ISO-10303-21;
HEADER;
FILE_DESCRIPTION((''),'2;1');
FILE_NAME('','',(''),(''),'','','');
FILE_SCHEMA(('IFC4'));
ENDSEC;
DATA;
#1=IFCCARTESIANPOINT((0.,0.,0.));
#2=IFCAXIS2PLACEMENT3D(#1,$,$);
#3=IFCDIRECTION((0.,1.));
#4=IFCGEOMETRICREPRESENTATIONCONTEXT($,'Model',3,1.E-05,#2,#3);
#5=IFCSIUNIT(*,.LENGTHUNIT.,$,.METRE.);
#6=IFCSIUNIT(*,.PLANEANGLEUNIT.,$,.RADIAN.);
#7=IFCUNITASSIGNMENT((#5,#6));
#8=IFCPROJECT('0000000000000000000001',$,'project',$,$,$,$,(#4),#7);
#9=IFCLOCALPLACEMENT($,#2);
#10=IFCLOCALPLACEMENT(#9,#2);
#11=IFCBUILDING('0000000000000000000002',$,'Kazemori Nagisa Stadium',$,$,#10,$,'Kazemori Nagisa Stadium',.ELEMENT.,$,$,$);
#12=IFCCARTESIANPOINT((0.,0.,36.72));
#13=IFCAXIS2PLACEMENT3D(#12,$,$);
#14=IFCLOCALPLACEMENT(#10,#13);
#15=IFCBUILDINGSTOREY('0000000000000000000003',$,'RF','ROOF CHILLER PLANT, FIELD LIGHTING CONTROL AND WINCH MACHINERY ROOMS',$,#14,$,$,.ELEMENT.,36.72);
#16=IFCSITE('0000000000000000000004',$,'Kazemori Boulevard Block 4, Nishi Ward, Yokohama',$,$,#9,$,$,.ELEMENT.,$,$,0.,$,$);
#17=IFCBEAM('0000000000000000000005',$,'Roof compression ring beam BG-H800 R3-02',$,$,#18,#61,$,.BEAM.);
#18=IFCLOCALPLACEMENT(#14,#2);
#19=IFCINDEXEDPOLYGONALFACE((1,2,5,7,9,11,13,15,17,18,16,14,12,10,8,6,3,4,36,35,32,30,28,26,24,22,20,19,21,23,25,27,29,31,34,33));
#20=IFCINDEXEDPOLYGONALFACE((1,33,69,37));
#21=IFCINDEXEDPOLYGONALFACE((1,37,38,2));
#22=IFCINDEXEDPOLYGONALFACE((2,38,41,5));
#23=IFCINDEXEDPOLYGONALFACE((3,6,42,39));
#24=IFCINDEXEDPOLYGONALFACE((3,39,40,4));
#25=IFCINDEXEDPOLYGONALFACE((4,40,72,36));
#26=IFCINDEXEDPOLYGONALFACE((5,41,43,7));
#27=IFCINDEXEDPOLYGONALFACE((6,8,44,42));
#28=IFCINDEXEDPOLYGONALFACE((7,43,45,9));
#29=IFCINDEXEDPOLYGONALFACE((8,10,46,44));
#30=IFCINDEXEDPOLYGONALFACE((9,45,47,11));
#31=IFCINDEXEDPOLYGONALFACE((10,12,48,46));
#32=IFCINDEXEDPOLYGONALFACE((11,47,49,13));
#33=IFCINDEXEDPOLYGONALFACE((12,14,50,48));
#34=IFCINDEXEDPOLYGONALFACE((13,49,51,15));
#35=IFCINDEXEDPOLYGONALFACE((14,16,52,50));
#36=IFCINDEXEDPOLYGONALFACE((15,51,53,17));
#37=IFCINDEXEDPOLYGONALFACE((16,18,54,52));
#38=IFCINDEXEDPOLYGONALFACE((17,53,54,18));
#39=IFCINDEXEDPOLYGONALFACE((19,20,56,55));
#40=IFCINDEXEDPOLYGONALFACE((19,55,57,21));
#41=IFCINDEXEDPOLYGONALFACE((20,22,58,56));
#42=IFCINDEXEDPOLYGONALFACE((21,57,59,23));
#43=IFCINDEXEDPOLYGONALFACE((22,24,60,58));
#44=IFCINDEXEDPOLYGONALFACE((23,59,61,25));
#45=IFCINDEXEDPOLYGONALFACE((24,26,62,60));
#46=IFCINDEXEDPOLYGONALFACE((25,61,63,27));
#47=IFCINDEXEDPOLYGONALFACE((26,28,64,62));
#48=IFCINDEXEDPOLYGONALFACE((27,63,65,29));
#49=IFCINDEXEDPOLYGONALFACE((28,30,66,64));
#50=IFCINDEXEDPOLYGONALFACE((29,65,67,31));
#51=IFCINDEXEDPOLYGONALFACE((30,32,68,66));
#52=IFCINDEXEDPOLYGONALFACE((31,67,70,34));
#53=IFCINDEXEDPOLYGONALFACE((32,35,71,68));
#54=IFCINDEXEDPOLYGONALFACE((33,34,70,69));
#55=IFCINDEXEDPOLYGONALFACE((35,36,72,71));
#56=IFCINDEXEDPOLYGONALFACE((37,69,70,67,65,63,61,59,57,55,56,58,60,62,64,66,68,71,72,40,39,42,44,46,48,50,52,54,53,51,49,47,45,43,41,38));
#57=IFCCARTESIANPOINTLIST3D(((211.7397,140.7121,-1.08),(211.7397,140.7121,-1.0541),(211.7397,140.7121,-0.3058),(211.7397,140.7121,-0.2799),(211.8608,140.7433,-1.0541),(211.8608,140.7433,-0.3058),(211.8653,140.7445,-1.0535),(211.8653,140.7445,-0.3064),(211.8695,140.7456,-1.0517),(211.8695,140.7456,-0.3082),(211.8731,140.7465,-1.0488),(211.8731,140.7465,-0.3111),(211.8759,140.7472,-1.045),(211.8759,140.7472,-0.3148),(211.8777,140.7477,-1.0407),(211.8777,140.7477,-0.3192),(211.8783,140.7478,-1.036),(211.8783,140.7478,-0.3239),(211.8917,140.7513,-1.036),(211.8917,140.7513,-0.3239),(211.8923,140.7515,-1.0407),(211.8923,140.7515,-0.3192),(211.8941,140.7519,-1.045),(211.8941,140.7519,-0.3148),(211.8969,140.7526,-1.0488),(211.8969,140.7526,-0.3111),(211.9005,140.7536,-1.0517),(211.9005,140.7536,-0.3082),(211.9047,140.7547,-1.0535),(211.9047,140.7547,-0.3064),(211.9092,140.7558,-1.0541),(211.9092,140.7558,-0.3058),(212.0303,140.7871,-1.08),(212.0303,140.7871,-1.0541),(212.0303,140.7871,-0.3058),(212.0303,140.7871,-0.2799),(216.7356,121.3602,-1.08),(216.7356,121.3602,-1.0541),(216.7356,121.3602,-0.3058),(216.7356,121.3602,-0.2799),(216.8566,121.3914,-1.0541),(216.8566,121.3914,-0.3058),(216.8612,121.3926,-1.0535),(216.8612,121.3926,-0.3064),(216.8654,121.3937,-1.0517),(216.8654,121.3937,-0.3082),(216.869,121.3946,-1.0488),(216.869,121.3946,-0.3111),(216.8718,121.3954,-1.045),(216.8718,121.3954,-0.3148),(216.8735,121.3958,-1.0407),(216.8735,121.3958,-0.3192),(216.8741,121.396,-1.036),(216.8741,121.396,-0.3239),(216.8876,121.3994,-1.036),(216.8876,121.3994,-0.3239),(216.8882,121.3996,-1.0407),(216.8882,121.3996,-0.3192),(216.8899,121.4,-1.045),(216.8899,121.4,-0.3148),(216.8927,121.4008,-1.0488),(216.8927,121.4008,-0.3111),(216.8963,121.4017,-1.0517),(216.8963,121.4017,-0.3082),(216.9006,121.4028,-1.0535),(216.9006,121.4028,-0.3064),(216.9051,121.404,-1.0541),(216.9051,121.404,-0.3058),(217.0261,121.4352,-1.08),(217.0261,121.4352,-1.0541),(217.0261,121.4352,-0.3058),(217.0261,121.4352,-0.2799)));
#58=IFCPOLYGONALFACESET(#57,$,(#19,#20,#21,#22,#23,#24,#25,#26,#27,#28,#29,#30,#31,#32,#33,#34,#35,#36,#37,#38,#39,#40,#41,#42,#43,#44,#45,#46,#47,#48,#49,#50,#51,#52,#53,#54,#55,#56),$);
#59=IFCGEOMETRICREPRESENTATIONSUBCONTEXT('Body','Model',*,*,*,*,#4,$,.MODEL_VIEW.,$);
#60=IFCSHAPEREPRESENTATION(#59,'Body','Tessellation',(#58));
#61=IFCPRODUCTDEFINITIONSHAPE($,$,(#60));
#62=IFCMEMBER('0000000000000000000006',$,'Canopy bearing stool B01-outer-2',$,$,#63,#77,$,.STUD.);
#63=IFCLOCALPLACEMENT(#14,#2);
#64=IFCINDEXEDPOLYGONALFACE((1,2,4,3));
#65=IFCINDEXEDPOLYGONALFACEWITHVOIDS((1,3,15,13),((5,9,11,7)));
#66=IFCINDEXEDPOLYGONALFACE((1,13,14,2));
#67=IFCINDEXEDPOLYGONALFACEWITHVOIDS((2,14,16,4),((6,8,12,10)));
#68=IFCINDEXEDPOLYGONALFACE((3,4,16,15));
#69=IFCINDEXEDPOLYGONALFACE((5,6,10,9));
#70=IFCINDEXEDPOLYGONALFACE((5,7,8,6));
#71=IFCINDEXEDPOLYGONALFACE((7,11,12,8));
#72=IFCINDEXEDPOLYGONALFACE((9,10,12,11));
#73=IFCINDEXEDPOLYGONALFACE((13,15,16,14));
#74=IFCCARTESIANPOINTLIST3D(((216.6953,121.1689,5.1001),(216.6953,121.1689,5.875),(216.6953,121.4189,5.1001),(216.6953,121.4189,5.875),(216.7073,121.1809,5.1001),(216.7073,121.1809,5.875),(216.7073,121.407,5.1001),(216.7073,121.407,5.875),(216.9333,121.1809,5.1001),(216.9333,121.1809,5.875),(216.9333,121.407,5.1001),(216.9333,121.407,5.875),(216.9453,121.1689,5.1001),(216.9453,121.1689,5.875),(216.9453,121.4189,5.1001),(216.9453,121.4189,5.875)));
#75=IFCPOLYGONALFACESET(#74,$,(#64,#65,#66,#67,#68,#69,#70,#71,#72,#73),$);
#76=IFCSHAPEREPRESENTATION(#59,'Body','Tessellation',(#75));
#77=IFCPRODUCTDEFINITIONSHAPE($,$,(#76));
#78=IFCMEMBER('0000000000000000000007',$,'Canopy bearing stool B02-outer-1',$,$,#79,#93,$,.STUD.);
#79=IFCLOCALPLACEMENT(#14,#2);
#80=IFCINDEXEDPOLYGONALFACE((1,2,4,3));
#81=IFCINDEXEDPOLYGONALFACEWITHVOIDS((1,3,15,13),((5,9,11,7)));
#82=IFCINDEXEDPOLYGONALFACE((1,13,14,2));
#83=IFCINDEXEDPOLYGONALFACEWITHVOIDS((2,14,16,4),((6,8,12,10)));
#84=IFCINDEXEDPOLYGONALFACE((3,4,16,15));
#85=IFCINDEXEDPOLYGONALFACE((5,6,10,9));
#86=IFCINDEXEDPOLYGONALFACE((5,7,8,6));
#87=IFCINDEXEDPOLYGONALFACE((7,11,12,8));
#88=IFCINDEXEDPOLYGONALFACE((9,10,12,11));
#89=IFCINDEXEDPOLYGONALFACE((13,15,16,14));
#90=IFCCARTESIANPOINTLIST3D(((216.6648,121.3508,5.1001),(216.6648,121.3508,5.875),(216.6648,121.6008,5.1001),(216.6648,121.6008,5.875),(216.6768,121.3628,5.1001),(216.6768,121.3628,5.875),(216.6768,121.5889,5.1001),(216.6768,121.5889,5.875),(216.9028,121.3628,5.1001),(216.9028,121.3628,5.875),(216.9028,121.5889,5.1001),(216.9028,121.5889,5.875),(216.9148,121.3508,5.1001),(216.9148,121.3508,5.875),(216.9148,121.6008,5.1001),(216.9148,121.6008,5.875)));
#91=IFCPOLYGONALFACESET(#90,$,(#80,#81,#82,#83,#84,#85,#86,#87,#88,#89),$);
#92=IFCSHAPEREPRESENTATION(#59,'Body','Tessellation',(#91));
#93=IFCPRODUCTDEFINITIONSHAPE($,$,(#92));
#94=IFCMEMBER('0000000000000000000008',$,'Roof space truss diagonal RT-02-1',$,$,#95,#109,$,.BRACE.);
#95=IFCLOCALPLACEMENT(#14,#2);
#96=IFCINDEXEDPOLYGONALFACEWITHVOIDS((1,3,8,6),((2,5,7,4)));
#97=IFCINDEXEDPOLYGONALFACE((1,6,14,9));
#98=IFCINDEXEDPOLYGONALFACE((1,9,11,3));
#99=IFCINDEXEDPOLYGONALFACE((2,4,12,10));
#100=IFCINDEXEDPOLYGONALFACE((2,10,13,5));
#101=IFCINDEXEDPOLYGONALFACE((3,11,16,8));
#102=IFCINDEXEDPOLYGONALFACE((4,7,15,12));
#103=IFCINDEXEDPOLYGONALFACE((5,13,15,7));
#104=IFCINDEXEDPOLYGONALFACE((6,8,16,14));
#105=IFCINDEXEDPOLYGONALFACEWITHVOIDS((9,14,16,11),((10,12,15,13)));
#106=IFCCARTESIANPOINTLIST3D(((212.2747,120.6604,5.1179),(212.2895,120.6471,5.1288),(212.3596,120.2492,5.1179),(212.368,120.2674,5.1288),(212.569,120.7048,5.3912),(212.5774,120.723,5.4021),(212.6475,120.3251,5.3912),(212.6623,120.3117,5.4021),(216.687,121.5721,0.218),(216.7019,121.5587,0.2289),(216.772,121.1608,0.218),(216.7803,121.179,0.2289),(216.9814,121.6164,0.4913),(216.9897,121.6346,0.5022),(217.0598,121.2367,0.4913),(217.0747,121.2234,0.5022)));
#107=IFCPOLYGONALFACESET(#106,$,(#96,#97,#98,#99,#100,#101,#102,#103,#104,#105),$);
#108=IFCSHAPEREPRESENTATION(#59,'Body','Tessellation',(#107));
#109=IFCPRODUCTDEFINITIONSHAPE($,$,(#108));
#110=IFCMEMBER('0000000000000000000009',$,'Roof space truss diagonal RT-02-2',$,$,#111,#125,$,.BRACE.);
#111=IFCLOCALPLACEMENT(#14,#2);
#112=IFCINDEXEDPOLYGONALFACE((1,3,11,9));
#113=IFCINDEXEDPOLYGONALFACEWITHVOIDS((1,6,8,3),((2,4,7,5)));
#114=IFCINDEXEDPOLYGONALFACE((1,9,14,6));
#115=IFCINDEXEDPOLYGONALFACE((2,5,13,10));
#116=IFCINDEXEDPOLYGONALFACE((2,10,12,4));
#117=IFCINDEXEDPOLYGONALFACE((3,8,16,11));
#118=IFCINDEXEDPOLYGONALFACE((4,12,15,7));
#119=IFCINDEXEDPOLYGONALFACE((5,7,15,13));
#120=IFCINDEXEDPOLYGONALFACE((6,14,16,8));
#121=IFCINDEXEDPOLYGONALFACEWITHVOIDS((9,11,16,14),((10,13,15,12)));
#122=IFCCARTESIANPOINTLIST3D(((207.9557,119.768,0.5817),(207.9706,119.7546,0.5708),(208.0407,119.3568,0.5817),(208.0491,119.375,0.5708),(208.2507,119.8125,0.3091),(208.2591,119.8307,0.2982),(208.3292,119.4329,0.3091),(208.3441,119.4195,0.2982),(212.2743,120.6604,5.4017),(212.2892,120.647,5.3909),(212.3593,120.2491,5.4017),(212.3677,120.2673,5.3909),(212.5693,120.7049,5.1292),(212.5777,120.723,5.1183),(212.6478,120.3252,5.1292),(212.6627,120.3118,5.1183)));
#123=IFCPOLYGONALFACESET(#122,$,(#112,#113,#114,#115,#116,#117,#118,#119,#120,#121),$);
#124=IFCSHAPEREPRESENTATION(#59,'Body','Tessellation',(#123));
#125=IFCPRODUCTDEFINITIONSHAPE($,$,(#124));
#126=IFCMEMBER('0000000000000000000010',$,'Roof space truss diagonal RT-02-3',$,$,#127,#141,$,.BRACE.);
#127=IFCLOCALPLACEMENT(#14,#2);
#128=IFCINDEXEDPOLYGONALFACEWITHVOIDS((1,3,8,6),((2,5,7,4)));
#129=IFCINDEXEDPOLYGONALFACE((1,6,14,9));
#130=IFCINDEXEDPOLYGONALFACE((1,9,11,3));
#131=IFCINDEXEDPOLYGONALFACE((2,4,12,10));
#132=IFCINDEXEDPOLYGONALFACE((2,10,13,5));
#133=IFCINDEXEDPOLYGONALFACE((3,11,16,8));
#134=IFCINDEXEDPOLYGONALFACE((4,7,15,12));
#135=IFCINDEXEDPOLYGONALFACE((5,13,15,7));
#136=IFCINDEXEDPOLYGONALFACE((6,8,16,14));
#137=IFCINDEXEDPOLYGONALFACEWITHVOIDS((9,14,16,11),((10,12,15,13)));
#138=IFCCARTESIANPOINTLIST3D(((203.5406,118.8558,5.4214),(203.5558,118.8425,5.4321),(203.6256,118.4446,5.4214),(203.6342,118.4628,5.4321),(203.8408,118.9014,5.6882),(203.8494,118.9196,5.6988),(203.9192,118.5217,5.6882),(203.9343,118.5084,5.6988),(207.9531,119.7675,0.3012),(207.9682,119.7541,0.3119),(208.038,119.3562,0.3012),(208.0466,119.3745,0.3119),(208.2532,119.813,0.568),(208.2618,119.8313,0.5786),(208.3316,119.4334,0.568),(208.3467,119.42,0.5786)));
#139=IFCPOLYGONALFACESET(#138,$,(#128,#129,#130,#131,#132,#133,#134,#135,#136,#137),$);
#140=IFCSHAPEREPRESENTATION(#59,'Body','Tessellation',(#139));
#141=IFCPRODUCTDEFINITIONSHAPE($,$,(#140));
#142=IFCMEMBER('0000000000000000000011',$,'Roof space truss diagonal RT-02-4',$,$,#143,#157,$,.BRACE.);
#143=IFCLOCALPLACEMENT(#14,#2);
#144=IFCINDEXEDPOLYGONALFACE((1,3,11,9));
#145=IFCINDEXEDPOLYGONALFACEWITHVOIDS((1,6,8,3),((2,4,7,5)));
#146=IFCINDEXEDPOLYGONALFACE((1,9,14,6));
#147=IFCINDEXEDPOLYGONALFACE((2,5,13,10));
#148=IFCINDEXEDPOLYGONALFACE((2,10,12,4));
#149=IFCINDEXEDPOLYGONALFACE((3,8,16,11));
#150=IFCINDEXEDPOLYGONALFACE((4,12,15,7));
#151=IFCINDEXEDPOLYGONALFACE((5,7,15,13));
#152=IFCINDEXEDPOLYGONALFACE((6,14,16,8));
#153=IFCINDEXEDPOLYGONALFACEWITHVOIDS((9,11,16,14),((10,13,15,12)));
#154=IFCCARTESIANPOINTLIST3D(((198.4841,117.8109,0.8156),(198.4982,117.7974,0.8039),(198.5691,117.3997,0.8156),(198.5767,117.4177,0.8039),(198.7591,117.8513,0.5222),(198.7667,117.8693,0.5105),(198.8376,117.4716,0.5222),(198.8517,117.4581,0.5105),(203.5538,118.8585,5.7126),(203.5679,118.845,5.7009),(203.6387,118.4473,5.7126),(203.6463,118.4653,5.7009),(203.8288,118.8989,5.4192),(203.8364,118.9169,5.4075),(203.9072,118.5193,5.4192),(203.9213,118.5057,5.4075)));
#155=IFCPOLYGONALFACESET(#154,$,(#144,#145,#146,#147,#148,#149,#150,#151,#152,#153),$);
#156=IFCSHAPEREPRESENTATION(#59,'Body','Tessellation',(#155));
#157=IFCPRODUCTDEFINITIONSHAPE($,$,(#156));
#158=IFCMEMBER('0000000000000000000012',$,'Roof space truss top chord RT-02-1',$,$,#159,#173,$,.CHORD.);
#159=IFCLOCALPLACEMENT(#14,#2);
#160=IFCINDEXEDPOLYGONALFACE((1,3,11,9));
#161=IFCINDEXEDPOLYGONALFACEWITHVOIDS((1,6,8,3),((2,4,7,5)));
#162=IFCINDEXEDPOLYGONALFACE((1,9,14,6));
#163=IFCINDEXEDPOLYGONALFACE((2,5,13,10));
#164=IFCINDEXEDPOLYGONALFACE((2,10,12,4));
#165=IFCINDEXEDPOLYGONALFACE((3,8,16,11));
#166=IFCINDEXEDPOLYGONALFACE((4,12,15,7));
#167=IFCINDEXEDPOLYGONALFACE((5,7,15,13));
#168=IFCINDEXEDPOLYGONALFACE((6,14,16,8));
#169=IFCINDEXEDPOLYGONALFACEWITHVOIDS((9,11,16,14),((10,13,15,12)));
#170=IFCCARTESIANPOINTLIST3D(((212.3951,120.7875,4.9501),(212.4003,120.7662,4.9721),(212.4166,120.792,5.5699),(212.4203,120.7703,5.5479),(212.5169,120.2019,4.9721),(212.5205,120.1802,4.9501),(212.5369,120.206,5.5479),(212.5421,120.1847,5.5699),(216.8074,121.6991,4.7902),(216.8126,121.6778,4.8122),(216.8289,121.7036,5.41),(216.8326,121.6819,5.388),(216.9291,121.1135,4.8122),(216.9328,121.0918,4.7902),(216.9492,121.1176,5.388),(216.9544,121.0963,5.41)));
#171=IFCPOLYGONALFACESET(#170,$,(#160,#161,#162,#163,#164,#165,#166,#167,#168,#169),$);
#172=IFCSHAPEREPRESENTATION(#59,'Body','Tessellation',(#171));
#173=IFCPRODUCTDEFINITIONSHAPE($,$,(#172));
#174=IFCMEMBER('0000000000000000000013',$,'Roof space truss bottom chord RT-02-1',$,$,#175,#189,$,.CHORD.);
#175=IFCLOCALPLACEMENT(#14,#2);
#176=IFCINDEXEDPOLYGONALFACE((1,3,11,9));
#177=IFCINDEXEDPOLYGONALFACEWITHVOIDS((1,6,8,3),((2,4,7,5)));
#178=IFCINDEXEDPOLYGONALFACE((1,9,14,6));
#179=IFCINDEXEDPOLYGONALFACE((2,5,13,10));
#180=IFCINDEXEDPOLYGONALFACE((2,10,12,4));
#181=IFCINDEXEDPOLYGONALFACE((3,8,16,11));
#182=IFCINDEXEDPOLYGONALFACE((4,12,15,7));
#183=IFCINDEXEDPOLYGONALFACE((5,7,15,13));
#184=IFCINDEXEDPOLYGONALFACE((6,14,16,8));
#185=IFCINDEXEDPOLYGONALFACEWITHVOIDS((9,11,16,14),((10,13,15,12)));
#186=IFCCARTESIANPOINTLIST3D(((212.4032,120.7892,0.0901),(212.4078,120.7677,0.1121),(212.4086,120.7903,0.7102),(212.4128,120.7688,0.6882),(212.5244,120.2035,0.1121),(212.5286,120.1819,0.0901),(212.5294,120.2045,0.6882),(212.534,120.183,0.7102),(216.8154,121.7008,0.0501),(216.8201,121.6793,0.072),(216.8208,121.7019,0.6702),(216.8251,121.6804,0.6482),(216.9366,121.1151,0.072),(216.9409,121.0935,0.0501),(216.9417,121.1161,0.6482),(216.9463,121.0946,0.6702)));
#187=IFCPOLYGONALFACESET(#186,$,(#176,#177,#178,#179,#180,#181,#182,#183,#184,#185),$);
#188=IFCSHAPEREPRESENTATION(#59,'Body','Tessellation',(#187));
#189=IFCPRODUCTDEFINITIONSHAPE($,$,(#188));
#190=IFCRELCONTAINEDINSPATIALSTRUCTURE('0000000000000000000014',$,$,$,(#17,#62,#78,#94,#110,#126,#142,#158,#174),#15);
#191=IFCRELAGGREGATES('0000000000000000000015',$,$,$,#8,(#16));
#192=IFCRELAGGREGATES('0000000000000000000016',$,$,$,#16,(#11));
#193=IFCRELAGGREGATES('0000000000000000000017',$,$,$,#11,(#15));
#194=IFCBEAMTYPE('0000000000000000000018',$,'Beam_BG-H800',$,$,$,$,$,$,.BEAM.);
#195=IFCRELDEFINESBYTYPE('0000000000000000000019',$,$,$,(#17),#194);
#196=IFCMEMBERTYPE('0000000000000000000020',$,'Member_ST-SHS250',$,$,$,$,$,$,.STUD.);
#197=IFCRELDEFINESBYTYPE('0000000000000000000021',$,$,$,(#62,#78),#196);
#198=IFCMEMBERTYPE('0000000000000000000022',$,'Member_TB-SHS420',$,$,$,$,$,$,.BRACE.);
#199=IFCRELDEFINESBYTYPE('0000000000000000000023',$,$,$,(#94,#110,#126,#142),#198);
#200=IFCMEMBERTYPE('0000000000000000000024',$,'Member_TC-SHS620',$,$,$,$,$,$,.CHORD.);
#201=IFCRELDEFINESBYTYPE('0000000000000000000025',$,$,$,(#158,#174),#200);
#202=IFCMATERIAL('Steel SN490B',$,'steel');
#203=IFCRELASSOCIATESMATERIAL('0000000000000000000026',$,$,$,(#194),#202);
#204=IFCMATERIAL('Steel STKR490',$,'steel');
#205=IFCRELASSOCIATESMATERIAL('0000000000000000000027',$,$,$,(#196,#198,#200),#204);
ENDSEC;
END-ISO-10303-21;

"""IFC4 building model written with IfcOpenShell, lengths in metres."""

from ifc_helpers import new_model, si_unit, direction, frame, origin, origin_2d, place, context, subcontext, project, spatial, hollow_rectangle, i_section, extrude, material, material_profile, profile_set, type_object, element, save


model = new_model("IFC4")

# Units and contexts
model_context = context("Model", 3, precision=1e-05, world=origin(), true_north=direction((0.0, 1.0)))
body_context = subcontext(model_context, "Body", "Model", "MODEL_VIEW")
ifc_project = project(units=[si_unit("LENGTHUNIT", "METRE"), si_unit("PLANEANGLEUNIT", "RADIAN")], contexts=[model_context])

# Site, building, storey
site_placement = place(None, origin())
site = spatial("IfcSite", under=ifc_project, at=site_placement, Name="Kazemori Boulevard Block 4, Nishi Ward, Yokohama", CompositionType="ELEMENT", RefElevation=0.0)
building_placement = place(site_placement, origin())
building = spatial("IfcBuilding", under=site, at=building_placement, Name="Kazemori Nagisa Stadium", LongName="Kazemori Nagisa Stadium", CompositionType="ELEMENT")
storey_placement = place(building_placement, frame((0.0, 0.0, 36.72)))
storey = spatial("IfcBuildingStorey", under=building, at=storey_placement, Name="RF", Description="ROOF CHILLER PLANT, FIELD LIGHTING CONTROL AND WINCH MACHINERY ROOMS", CompositionType="ELEMENT", Elevation=36.72)

# Shared definitions
ifc_material_1 = material(Name="Steel SN490B", Category="steel")

# Beam
ifc_material_profile_1 = material_profile(ifc_material_1, i_section(OverallWidth=0.3, OverallDepth=0.8, WebThickness=0.0139, FlangeThickness=0.0259, FilletRadius=0.0181, at=origin_2d()), Name="H-800x300x14x26")
ifc_profile_set_1 = profile_set([ifc_material_profile_1], Name="Steel SN490B")
beam_type_1 = type_object("IfcBeamType", Name="Beam_BG-H800", PredefinedType="BEAM", material=ifc_profile_set_1)
beam_1_placement = place(storey_placement, frame((216.8809, 121.3977, -0.6799), z_axis=(-0.249964, 0.968255, 0.0), x_axis=(-0.968255, -0.249964, 0.0)))
element("IfcBeam", 1, at=beam_1_placement, inside=storey, type_object=beam_type_1, Name="Roof compression ring beam BG-H800 R3-02", PredefinedType="BEAM", context=body_context, shape_type="SweptSolid", body=[
    extrude(i_section(OverallWidth=0.3, OverallDepth=0.8, WebThickness=0.0139, FlangeThickness=0.0259, FilletRadius=0.0181, at=origin_2d()), origin(), (0.0, 0.0, 1.0), 19.9863),
])

# Members
ifc_material_2 = material(Name="Steel STKR490", Category="steel")
ifc_material_profile_2 = material_profile(ifc_material_2, hollow_rectangle(XDim=0.25, YDim=0.25, WallThickness=0.012, at=origin_2d()), Name="SHS-250x250x12")
ifc_profile_set_2 = profile_set([ifc_material_profile_2], Name="Steel STKR490")
member_type_1 = type_object("IfcMemberType", Name="Member_ST-SHS250", PredefinedType="STUD", material=ifc_profile_set_2)
for number, where, z_axis, x_axis, name in (
    (2, (216.8203, 121.2939, 5.1001), (0.0, 0.0, 1.0), (1.0, 0.0, 0.0), "Canopy bearing stool B01-outer-2"),
    (3, (216.7898, 121.4758, 5.1001), (0.0, 0.0, 1.0), (1.0, 0.0, 0.0), "Canopy bearing stool B02-outer-1"),
):
    element("IfcMember", number, at=place(storey_placement, frame(where, z_axis=z_axis, x_axis=x_axis)), inside=storey, type_object=member_type_1, Name=name, PredefinedType="STUD", context=body_context, shape_type="SweptSolid", body=[
        extrude(hollow_rectangle(XDim=0.25, YDim=0.25, WallThickness=0.012, at=origin_2d()), origin(), (0.0, 0.0, 1.0), 0.7749),
    ])
ifc_material_profile_3 = material_profile(ifc_material_2, hollow_rectangle(XDim=0.4199, YDim=0.4199, WallThickness=0.0161, at=origin_2d()), Name="SHS-420x420x16")
ifc_profile_set_3 = profile_set([ifc_material_profile_3], Name="Steel STKR490")
member_type_2 = type_object("IfcMemberType", Name="Member_TB-SHS420", PredefinedType="BRACE", material=ifc_profile_set_3)
member_1_placement = place(storey_placement, frame((216.8809, 121.3977, 0.3601), z_axis=(-0.662864, -0.136952, 0.736108), x_axis=(0.202333, -0.979317, 0.0)))
element("IfcMember", 4, at=member_1_placement, inside=storey, type_object=member_type_2, Name="Roof space truss diagonal RT-02-1", PredefinedType="BRACE", context=body_context, shape_type="SweptSolid", body=[
    extrude(hollow_rectangle(XDim=0.4199, YDim=0.4199, WallThickness=0.0161, at=origin_2d()), origin(), (0.0, 0.0, 1.0), 6.6565),
])
member_2_placement = place(storey_placement, frame((212.4685, 120.4861, 5.26), z_axis=(-0.661048, -0.136589, -0.737807), x_axis=(0.202351, -0.979313, 0.0)))
element("IfcMember", 5, at=member_2_placement, inside=storey, type_object=member_type_2, Name="Roof space truss diagonal RT-02-2", PredefinedType="BRACE", context=body_context, shape_type="SweptSolid", body=[
    extrude(hollow_rectangle(XDim=0.4199, YDim=0.4199, WallThickness=0.0161, at=origin_2d()), origin(), (0.0, 0.0, 1.0), 6.533),
])
member_3_placement = place(storey_placement, frame((208.1499, 119.5938, 0.4399), z_axis=(-0.646951, -0.133664, 0.750725), x_axis=(0.202333, -0.979317, 0.0)))
element("IfcMember", 6, at=member_3_placement, inside=storey, type_object=member_type_2, Name="Roof space truss diagonal RT-02-3", PredefinedType="BRACE", context=body_context, shape_type="SweptSolid", body=[
    extrude(hollow_rectangle(XDim=0.4199, YDim=0.4199, WallThickness=0.0161, at=origin_2d()), origin(), (0.0, 0.0, 1.0), 6.8203),
])
member_4_placement = place(storey_placement, frame((203.7375, 118.6821, 5.5601), z_axis=(-0.71143, -0.147014, -0.687208), x_axis=(0.20237, -0.979309, 0.0)))
element("IfcMember", 7, at=member_4_placement, inside=storey, type_object=member_type_2, Name="Roof space truss diagonal RT-02-4", PredefinedType="BRACE", context=body_context, shape_type="SweptSolid", body=[
    extrude(hollow_rectangle(XDim=0.4199, YDim=0.4199, WallThickness=0.0161, at=origin_2d()), origin(), (0.0, 0.0, 1.0), 7.126),
])
ifc_material_profile_4 = material_profile(ifc_material_2, hollow_rectangle(XDim=0.6201, YDim=0.6201, WallThickness=0.022, at=origin_2d()), Name="SHS-620x620x22")
ifc_profile_set_4 = profile_set([ifc_material_profile_4], Name="Steel STKR490")
member_type_3 = type_object("IfcMemberType", Name="Member_TC-SHS620", PredefinedType="CHORD", material=ifc_profile_set_4)
member_5_placement = place(storey_placement, frame((216.8809, 121.3977, 5.1001), z_axis=(-0.9787, -0.202206, 0.03547), x_axis=(0.202333, -0.979317, 0.0)))
element("IfcMember", 8, at=member_5_placement, inside=storey, type_object=member_type_3, Name="Roof space truss top chord RT-02-1", PredefinedType="CHORD", context=body_context, shape_type="SweptSolid", body=[
    extrude(hollow_rectangle(XDim=0.6201, YDim=0.6201, WallThickness=0.022, at=origin_2d()), origin(), (0.0, 0.0, 1.0), 4.5083),
])
member_6_placement = place(storey_placement, frame((216.8809, 121.3977, 0.3601), z_axis=(-0.979278, -0.202325, 0.008886), x_axis=(0.202333, -0.979317, 0.0)))
element("IfcMember", 9, at=member_6_placement, inside=storey, type_object=member_type_3, Name="Roof space truss bottom chord RT-02-1", PredefinedType="CHORD", context=body_context, shape_type="SweptSolid", body=[
    extrude(hollow_rectangle(XDim=0.6201, YDim=0.6201, WallThickness=0.022, at=origin_2d()), origin(), (0.0, 0.0, 1.0), 4.5056),
])

save(model, "model.ifc")
